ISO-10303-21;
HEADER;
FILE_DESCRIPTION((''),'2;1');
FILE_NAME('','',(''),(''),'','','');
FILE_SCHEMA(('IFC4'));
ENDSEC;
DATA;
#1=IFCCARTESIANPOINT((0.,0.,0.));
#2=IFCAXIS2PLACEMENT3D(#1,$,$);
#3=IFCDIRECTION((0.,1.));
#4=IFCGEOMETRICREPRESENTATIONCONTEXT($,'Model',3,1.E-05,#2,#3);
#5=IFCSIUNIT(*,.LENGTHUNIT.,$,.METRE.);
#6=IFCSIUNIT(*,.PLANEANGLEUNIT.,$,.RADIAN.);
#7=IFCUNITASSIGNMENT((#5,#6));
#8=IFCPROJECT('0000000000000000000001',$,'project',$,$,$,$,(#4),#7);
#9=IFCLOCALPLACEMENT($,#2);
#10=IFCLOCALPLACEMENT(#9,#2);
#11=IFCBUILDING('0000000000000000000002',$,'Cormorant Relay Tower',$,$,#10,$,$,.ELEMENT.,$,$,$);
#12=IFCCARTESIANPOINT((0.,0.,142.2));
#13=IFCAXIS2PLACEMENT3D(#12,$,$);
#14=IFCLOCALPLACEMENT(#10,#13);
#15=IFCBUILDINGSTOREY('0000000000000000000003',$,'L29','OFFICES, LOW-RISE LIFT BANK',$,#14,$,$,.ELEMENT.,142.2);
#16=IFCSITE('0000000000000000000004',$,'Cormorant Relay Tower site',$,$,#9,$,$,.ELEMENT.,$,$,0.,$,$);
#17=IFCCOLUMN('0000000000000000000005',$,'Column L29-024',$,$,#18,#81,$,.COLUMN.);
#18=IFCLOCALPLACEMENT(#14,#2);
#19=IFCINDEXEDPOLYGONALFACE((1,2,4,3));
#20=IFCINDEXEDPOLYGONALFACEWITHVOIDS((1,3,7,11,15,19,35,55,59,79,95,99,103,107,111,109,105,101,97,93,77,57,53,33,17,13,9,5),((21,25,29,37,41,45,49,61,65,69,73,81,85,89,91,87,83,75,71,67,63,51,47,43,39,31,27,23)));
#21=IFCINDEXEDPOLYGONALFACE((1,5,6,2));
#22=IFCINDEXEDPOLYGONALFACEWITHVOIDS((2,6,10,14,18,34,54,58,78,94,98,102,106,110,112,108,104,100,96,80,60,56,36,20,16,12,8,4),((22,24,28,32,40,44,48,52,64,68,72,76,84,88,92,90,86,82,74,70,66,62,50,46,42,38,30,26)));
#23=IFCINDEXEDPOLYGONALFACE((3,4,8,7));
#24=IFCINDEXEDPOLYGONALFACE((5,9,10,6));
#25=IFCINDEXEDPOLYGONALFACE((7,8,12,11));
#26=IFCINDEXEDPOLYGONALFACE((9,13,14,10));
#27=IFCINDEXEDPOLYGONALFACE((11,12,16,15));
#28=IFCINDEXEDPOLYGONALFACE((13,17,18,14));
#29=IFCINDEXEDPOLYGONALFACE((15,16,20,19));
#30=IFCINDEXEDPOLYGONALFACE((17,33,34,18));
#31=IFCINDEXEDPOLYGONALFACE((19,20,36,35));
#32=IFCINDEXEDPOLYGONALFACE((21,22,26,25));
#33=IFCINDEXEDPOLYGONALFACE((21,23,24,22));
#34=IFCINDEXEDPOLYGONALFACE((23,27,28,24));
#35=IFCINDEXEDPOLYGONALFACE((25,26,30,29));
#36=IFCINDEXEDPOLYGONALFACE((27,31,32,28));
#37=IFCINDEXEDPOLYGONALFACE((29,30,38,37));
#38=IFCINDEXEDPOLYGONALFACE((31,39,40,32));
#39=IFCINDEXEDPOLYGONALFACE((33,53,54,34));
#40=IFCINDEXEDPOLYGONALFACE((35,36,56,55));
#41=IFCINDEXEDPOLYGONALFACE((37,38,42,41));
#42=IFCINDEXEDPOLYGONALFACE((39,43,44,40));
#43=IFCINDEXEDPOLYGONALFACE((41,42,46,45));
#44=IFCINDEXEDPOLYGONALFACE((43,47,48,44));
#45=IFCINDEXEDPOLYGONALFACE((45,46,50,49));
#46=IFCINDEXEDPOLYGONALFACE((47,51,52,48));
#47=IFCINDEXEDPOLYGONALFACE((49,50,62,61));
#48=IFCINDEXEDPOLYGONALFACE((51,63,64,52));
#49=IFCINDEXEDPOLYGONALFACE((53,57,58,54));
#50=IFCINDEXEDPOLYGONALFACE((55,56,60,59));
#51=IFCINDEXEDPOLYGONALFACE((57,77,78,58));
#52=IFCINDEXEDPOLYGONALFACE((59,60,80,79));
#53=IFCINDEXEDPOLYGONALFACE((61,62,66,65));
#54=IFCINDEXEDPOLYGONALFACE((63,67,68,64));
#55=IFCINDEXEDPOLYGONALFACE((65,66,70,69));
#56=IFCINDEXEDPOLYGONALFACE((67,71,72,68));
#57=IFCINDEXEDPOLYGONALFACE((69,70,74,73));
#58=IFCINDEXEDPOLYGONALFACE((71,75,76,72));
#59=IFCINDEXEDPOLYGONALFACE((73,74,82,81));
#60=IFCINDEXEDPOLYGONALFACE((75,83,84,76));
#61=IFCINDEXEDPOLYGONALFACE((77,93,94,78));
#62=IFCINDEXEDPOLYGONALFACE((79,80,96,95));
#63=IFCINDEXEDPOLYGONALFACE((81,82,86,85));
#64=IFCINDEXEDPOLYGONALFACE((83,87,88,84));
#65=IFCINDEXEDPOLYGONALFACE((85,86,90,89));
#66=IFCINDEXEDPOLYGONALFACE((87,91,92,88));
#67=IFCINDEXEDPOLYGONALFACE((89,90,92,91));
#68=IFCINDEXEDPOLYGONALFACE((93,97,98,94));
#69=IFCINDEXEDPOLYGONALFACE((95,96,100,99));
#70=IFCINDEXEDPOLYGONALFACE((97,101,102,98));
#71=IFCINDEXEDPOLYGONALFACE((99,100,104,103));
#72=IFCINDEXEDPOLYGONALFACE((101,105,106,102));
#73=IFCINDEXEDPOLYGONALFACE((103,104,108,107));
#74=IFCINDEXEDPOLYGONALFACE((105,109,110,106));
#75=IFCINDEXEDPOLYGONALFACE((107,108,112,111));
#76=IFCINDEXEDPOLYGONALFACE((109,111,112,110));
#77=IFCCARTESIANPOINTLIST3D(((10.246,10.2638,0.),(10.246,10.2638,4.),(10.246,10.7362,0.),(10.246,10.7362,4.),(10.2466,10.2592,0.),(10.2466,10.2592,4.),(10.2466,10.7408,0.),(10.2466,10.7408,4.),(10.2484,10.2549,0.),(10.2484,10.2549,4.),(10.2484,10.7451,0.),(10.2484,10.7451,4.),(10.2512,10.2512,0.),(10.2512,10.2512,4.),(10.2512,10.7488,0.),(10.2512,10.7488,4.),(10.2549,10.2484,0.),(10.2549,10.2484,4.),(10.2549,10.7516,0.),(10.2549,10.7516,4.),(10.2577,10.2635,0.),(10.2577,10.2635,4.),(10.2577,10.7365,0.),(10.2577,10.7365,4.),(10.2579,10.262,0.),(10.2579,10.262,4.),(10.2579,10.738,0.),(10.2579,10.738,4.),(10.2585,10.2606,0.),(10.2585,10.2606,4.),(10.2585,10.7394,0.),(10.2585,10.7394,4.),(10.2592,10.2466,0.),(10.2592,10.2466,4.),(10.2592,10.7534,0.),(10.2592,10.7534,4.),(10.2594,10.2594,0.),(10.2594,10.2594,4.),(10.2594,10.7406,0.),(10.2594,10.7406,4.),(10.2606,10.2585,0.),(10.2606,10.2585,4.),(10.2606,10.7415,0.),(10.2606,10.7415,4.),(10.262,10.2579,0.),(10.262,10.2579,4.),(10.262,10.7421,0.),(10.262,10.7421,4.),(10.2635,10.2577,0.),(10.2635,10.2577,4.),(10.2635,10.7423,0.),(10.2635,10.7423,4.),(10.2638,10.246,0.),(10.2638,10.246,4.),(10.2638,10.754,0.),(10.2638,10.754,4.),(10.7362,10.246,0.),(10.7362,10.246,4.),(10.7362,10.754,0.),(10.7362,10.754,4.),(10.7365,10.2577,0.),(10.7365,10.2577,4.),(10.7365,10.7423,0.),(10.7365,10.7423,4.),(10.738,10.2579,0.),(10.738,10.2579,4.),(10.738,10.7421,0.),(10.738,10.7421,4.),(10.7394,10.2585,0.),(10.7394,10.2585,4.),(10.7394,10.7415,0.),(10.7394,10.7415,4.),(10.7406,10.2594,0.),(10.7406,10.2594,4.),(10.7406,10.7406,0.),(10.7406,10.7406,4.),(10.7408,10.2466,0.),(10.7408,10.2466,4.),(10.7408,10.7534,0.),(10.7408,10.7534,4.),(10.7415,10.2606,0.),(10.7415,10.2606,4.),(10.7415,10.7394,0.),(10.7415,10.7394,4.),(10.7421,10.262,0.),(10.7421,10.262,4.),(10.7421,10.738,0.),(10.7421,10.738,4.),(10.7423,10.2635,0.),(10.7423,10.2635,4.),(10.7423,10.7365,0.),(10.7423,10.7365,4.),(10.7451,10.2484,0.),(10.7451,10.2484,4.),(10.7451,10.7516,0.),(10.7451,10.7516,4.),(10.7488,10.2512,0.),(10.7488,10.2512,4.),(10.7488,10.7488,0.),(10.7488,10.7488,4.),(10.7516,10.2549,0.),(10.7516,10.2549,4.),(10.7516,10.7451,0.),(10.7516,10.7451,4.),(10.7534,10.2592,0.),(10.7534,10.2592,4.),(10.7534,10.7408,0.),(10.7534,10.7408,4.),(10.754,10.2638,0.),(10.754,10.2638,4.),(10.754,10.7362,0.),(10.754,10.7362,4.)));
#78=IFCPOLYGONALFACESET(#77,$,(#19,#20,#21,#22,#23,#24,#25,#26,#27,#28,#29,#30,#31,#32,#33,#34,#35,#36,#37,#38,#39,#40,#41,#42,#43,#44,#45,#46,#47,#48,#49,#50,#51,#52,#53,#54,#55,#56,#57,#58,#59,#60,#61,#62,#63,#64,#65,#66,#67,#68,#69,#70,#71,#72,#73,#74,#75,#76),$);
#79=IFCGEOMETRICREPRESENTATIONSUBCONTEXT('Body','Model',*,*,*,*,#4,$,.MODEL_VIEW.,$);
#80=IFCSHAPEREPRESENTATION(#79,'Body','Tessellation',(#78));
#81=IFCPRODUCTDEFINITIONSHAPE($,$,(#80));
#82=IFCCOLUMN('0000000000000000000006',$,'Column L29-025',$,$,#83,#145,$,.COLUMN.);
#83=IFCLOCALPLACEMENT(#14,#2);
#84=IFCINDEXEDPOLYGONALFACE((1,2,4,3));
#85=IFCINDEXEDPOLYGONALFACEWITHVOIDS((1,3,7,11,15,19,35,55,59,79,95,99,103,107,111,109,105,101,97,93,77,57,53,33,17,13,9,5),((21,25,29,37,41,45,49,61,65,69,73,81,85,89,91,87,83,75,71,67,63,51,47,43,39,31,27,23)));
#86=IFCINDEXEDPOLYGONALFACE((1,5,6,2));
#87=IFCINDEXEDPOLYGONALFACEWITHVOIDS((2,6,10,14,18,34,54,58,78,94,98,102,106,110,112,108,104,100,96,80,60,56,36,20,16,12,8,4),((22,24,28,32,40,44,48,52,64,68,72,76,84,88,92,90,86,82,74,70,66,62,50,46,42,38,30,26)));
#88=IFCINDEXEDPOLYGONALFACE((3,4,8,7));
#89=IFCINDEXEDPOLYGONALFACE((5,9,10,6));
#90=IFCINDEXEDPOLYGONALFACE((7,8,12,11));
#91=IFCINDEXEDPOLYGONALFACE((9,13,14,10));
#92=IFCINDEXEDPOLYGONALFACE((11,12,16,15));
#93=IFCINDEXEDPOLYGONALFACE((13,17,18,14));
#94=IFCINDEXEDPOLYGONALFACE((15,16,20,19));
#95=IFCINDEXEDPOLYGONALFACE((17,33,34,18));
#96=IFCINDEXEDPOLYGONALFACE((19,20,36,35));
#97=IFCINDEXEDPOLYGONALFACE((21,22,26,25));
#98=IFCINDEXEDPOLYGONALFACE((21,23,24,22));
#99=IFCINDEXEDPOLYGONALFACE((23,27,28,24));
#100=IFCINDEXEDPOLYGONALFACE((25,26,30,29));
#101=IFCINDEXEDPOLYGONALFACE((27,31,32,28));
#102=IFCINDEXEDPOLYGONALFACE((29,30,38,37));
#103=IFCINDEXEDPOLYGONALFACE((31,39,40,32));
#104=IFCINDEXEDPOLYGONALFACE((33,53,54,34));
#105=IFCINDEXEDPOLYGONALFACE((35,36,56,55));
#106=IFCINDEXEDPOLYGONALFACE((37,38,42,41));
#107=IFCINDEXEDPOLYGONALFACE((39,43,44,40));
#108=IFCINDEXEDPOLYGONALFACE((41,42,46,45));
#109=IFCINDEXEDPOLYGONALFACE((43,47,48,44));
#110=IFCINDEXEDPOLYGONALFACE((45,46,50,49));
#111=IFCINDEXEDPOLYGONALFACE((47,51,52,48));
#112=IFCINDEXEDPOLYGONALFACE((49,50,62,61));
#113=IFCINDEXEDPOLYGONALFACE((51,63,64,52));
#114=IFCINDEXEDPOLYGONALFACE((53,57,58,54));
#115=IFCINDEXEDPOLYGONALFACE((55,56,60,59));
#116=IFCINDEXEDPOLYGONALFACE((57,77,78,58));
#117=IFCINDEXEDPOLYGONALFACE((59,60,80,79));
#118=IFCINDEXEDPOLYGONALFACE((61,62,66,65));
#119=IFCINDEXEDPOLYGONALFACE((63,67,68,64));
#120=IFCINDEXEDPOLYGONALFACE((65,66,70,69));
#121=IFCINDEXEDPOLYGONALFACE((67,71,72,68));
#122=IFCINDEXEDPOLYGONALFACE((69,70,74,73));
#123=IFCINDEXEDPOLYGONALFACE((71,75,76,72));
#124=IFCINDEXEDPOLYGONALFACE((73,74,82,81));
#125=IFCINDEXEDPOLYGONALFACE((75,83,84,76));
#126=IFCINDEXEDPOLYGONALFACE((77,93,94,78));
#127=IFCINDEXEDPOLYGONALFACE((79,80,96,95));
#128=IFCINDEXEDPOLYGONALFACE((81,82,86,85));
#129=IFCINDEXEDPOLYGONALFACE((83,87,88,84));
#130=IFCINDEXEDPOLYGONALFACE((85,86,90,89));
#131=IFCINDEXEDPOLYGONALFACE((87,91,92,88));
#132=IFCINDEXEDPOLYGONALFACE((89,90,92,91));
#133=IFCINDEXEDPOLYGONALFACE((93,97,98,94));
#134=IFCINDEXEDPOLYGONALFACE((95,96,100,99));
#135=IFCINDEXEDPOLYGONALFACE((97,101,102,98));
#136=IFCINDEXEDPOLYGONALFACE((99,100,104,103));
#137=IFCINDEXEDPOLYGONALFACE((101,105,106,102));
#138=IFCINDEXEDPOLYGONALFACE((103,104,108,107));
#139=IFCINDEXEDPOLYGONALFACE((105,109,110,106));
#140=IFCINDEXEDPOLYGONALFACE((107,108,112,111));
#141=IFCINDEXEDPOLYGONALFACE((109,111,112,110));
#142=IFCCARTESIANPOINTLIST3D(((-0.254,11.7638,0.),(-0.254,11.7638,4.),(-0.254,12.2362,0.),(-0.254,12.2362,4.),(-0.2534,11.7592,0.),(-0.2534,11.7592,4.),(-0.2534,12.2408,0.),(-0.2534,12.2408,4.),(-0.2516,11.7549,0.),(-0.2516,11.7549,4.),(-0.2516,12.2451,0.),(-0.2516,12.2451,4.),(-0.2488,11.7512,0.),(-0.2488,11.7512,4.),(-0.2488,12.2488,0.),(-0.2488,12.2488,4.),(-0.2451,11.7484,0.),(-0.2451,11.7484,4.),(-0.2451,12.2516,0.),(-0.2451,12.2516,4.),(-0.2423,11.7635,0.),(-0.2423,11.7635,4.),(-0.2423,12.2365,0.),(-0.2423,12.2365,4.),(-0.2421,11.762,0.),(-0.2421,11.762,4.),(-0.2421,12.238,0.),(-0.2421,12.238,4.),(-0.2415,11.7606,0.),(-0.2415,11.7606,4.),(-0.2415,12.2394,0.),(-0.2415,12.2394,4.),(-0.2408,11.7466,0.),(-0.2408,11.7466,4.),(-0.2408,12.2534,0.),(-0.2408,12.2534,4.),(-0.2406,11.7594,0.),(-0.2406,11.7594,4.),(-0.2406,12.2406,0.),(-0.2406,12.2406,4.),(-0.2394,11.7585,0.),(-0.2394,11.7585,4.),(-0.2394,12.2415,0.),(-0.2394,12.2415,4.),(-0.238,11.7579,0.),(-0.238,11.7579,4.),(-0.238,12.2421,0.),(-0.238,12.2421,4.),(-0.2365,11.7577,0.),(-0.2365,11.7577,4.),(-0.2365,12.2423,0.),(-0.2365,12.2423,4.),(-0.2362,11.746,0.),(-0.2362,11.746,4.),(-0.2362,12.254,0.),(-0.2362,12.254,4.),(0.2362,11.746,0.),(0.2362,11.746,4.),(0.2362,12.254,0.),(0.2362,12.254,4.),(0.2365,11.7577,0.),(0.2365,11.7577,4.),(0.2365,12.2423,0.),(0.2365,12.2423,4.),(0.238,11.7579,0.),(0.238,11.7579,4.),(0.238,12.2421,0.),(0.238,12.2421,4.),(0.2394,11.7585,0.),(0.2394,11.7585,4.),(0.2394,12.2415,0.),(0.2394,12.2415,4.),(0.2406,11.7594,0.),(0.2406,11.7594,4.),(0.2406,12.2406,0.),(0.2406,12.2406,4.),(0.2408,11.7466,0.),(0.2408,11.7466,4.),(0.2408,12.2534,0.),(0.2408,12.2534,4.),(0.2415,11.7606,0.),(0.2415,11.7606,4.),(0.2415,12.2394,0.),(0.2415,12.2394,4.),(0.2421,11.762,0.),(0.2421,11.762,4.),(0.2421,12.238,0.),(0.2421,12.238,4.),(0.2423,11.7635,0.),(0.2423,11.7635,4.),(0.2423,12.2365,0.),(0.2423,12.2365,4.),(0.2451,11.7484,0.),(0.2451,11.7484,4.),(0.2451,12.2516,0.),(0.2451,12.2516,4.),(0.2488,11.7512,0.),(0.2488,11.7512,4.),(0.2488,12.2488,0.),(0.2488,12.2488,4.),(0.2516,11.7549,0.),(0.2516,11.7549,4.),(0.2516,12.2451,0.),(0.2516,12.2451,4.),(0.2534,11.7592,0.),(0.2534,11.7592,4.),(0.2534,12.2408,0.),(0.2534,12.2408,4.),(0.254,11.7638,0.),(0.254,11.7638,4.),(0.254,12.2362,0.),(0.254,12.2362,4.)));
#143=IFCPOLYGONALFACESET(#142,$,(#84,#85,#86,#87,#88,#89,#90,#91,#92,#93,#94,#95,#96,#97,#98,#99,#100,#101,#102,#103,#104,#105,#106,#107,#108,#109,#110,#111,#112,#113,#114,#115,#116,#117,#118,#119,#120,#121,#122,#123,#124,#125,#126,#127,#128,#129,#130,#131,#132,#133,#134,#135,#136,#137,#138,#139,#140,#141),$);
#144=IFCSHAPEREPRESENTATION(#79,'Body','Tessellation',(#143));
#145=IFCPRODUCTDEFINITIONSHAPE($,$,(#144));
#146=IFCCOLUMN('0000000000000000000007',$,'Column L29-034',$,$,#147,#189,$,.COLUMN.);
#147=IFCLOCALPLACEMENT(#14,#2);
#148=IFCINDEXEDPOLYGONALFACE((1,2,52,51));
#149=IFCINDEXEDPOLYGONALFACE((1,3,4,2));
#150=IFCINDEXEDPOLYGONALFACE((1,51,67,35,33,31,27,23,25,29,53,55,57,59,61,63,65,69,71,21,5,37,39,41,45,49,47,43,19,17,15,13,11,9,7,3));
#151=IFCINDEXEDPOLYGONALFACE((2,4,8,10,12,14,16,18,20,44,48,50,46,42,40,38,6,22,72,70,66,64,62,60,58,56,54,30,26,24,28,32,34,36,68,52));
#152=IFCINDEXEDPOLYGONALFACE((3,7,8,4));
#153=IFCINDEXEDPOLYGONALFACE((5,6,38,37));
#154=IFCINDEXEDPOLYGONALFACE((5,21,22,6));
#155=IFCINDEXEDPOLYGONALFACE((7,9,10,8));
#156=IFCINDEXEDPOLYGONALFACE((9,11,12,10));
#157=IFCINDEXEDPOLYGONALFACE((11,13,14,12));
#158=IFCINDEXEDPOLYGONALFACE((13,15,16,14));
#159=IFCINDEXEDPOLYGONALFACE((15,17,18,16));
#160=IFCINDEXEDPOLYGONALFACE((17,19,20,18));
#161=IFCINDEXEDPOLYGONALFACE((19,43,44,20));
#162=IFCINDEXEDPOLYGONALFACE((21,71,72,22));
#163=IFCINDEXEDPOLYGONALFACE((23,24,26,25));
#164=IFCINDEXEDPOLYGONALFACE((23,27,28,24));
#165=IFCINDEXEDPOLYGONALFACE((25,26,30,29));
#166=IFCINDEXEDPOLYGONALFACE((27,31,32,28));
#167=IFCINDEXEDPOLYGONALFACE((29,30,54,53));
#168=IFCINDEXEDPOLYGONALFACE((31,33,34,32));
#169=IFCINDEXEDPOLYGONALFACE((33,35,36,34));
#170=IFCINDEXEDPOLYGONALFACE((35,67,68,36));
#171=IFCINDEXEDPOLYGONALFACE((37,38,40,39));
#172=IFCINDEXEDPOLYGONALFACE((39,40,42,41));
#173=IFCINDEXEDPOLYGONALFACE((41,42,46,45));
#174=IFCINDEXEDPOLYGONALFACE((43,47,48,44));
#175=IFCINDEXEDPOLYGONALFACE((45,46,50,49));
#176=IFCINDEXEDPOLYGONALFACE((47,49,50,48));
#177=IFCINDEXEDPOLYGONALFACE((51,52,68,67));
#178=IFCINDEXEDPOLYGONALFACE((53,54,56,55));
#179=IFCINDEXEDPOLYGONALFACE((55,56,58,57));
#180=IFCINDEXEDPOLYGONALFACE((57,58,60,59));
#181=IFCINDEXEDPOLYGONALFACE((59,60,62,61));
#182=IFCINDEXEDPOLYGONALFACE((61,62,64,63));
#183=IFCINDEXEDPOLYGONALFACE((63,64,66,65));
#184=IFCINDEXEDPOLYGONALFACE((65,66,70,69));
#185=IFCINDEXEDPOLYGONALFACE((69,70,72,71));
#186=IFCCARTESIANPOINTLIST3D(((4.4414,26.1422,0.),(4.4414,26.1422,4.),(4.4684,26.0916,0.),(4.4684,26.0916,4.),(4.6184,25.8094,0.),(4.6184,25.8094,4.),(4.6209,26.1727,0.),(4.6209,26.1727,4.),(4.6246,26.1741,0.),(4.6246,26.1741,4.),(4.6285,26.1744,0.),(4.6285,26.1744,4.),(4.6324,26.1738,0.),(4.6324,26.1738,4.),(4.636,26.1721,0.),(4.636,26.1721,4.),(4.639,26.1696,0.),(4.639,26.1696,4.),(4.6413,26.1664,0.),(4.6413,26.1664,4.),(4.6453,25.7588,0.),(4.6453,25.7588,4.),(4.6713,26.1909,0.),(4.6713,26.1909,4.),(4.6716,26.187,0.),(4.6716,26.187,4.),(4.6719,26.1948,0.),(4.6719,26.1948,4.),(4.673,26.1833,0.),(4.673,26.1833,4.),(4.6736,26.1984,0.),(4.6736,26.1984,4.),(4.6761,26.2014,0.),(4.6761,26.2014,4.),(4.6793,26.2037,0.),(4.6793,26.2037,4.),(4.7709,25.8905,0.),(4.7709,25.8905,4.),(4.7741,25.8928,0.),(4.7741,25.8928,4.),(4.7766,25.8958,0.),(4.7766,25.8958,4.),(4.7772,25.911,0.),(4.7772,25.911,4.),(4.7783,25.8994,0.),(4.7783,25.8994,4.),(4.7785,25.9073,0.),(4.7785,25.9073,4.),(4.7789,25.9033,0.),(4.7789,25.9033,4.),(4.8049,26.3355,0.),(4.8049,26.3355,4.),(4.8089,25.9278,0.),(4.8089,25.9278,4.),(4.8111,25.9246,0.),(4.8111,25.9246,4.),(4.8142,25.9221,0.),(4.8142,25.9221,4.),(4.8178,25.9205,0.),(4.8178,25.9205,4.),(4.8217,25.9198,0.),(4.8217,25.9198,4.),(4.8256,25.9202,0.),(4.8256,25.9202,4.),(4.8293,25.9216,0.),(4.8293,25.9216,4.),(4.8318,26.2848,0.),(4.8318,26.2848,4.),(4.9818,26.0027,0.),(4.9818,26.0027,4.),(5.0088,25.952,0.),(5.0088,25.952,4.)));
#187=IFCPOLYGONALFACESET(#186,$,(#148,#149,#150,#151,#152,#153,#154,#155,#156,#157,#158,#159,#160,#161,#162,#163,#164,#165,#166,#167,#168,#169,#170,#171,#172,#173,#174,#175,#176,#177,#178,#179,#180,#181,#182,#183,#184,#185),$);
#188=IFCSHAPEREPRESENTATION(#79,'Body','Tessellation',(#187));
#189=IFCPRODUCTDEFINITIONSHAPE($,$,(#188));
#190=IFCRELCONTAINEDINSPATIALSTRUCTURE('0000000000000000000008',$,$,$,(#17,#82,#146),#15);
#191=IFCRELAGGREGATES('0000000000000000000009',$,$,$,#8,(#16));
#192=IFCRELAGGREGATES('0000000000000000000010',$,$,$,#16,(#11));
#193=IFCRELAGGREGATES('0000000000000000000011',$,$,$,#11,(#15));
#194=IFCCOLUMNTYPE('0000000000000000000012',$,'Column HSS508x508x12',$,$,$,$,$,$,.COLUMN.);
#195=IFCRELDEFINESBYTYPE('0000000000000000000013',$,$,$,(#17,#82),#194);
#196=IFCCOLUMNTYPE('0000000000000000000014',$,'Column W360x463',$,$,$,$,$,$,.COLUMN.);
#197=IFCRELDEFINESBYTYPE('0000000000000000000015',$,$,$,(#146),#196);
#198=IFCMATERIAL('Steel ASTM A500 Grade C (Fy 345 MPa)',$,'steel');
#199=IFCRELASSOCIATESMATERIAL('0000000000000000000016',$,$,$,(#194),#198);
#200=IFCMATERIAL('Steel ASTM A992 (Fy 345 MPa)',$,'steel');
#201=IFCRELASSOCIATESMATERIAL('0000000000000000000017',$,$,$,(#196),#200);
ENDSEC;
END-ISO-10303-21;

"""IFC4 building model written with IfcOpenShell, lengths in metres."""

from ifc_helpers import new_model, si_unit, direction, frame, origin, origin_2d, place, context, subcontext, project, spatial, hollow_rectangle, i_section, extrude, material, material_profile, profile_set, type_object, element, save


model = new_model("IFC4")

# Units and contexts
model_context = context("Model", 3, precision=1e-05, world=origin(), true_north=direction((0.0, 1.0)))
body_context = subcontext(model_context, "Body", "Model", "MODEL_VIEW")
ifc_project = project(units=[si_unit("LENGTHUNIT", "METRE"), si_unit("PLANEANGLEUNIT", "RADIAN")], contexts=[model_context])

# Site, building, storey
site_placement = place(None, origin())
site = spatial("IfcSite", under=ifc_project, at=site_placement, Name="Cormorant Relay Tower site", CompositionType="ELEMENT", RefElevation=0.0)
building_placement = place(site_placement, origin())
building = spatial("IfcBuilding", under=site, at=building_placement, Name="Cormorant Relay Tower", CompositionType="ELEMENT")
storey_placement = place(building_placement, frame((0.0, 0.0, 142.2)))
storey = spatial("IfcBuildingStorey", under=building, at=storey_placement, Name="L29", Description="OFFICES, LOW-RISE LIFT BANK", CompositionType="ELEMENT", Elevation=142.2)

# Columns
ifc_material_1 = material(Name="Steel ASTM A500 Grade C (Fy 345 MPa)", Category="steel")
ifc_material_profile_1 = material_profile(ifc_material_1, hollow_rectangle(XDim=0.5081, YDim=0.5081, WallThickness=0.0117, InnerFilletRadius=0.0059, OuterFilletRadius=0.0178, at=origin_2d()), Name="HSS508x508x12")
ifc_profile_set_1 = profile_set([ifc_material_profile_1], Name="Steel ASTM A500 Grade C (Fy 345 MPa)")
column_type_1 = type_object("IfcColumnType", Name="Column HSS508x508x12", PredefinedType="COLUMN", material=ifc_profile_set_1)
for number, where, z_axis, x_axis, name in (
    (1, (10.5, 10.5, 0.0), (0.0, 0.0, 1.0), (1.0, 0.0, 0.0), "Column L29-024"),
    (2, (0.0, 12.0, 0.0), (0.0, 0.0, 1.0), (1.0, 0.0, 0.0), "Column L29-025"),
):
    element("IfcColumn", number, at=place(storey_placement, frame(where, z_axis=z_axis, x_axis=x_axis)), inside=storey, type_object=column_type_1, Name=name, PredefinedType="COLUMN", context=body_context, shape_type="SweptSolid", body=[
        extrude(hollow_rectangle(XDim=0.5081, YDim=0.5081, WallThickness=0.0117, InnerFilletRadius=0.0059, OuterFilletRadius=0.0178, at=origin_2d()), origin(), (0.0, 0.0, 1.0), 4.0),
    ])
ifc_material_2 = material(Name="Steel ASTM A992 (Fy 345 MPa)", Category="steel")
ifc_material_profile_2 = material_profile(ifc_material_2, i_section(OverallWidth=0.4116, OverallDepth=0.4343, WebThickness=0.0359, FlangeThickness=0.0574, FilletRadius=0.0151, at=origin_2d()), Name="W360x463")
ifc_profile_set_2 = profile_set([ifc_material_profile_2], Name="Steel ASTM A992 (Fy 345 MPa)")
column_type_2 = type_object("IfcColumnType", Name="Column W360x463", PredefinedType="COLUMN", material=ifc_profile_set_2)
for number, where, z_axis, x_axis, name in (
    (3, (4.7251, 26.0471, 0.0), (0.0, 0.0, 1.0), (-0.882948, -0.469472, 0.0), "Column L29-034"),
):
    element("IfcColumn", number, at=place(storey_placement, frame(where, z_axis=z_axis, x_axis=x_axis)), inside=storey, type_object=column_type_2, Name=name, PredefinedType="COLUMN", context=body_context, shape_type="SweptSolid", body=[
        extrude(i_section(OverallWidth=0.4116, OverallDepth=0.4343, WebThickness=0.0359, FlangeThickness=0.0574, FilletRadius=0.0151, at=origin_2d()), origin(), (0.0, 0.0, 1.0), 4.0),
    ])

save(model, "model.ifc")
